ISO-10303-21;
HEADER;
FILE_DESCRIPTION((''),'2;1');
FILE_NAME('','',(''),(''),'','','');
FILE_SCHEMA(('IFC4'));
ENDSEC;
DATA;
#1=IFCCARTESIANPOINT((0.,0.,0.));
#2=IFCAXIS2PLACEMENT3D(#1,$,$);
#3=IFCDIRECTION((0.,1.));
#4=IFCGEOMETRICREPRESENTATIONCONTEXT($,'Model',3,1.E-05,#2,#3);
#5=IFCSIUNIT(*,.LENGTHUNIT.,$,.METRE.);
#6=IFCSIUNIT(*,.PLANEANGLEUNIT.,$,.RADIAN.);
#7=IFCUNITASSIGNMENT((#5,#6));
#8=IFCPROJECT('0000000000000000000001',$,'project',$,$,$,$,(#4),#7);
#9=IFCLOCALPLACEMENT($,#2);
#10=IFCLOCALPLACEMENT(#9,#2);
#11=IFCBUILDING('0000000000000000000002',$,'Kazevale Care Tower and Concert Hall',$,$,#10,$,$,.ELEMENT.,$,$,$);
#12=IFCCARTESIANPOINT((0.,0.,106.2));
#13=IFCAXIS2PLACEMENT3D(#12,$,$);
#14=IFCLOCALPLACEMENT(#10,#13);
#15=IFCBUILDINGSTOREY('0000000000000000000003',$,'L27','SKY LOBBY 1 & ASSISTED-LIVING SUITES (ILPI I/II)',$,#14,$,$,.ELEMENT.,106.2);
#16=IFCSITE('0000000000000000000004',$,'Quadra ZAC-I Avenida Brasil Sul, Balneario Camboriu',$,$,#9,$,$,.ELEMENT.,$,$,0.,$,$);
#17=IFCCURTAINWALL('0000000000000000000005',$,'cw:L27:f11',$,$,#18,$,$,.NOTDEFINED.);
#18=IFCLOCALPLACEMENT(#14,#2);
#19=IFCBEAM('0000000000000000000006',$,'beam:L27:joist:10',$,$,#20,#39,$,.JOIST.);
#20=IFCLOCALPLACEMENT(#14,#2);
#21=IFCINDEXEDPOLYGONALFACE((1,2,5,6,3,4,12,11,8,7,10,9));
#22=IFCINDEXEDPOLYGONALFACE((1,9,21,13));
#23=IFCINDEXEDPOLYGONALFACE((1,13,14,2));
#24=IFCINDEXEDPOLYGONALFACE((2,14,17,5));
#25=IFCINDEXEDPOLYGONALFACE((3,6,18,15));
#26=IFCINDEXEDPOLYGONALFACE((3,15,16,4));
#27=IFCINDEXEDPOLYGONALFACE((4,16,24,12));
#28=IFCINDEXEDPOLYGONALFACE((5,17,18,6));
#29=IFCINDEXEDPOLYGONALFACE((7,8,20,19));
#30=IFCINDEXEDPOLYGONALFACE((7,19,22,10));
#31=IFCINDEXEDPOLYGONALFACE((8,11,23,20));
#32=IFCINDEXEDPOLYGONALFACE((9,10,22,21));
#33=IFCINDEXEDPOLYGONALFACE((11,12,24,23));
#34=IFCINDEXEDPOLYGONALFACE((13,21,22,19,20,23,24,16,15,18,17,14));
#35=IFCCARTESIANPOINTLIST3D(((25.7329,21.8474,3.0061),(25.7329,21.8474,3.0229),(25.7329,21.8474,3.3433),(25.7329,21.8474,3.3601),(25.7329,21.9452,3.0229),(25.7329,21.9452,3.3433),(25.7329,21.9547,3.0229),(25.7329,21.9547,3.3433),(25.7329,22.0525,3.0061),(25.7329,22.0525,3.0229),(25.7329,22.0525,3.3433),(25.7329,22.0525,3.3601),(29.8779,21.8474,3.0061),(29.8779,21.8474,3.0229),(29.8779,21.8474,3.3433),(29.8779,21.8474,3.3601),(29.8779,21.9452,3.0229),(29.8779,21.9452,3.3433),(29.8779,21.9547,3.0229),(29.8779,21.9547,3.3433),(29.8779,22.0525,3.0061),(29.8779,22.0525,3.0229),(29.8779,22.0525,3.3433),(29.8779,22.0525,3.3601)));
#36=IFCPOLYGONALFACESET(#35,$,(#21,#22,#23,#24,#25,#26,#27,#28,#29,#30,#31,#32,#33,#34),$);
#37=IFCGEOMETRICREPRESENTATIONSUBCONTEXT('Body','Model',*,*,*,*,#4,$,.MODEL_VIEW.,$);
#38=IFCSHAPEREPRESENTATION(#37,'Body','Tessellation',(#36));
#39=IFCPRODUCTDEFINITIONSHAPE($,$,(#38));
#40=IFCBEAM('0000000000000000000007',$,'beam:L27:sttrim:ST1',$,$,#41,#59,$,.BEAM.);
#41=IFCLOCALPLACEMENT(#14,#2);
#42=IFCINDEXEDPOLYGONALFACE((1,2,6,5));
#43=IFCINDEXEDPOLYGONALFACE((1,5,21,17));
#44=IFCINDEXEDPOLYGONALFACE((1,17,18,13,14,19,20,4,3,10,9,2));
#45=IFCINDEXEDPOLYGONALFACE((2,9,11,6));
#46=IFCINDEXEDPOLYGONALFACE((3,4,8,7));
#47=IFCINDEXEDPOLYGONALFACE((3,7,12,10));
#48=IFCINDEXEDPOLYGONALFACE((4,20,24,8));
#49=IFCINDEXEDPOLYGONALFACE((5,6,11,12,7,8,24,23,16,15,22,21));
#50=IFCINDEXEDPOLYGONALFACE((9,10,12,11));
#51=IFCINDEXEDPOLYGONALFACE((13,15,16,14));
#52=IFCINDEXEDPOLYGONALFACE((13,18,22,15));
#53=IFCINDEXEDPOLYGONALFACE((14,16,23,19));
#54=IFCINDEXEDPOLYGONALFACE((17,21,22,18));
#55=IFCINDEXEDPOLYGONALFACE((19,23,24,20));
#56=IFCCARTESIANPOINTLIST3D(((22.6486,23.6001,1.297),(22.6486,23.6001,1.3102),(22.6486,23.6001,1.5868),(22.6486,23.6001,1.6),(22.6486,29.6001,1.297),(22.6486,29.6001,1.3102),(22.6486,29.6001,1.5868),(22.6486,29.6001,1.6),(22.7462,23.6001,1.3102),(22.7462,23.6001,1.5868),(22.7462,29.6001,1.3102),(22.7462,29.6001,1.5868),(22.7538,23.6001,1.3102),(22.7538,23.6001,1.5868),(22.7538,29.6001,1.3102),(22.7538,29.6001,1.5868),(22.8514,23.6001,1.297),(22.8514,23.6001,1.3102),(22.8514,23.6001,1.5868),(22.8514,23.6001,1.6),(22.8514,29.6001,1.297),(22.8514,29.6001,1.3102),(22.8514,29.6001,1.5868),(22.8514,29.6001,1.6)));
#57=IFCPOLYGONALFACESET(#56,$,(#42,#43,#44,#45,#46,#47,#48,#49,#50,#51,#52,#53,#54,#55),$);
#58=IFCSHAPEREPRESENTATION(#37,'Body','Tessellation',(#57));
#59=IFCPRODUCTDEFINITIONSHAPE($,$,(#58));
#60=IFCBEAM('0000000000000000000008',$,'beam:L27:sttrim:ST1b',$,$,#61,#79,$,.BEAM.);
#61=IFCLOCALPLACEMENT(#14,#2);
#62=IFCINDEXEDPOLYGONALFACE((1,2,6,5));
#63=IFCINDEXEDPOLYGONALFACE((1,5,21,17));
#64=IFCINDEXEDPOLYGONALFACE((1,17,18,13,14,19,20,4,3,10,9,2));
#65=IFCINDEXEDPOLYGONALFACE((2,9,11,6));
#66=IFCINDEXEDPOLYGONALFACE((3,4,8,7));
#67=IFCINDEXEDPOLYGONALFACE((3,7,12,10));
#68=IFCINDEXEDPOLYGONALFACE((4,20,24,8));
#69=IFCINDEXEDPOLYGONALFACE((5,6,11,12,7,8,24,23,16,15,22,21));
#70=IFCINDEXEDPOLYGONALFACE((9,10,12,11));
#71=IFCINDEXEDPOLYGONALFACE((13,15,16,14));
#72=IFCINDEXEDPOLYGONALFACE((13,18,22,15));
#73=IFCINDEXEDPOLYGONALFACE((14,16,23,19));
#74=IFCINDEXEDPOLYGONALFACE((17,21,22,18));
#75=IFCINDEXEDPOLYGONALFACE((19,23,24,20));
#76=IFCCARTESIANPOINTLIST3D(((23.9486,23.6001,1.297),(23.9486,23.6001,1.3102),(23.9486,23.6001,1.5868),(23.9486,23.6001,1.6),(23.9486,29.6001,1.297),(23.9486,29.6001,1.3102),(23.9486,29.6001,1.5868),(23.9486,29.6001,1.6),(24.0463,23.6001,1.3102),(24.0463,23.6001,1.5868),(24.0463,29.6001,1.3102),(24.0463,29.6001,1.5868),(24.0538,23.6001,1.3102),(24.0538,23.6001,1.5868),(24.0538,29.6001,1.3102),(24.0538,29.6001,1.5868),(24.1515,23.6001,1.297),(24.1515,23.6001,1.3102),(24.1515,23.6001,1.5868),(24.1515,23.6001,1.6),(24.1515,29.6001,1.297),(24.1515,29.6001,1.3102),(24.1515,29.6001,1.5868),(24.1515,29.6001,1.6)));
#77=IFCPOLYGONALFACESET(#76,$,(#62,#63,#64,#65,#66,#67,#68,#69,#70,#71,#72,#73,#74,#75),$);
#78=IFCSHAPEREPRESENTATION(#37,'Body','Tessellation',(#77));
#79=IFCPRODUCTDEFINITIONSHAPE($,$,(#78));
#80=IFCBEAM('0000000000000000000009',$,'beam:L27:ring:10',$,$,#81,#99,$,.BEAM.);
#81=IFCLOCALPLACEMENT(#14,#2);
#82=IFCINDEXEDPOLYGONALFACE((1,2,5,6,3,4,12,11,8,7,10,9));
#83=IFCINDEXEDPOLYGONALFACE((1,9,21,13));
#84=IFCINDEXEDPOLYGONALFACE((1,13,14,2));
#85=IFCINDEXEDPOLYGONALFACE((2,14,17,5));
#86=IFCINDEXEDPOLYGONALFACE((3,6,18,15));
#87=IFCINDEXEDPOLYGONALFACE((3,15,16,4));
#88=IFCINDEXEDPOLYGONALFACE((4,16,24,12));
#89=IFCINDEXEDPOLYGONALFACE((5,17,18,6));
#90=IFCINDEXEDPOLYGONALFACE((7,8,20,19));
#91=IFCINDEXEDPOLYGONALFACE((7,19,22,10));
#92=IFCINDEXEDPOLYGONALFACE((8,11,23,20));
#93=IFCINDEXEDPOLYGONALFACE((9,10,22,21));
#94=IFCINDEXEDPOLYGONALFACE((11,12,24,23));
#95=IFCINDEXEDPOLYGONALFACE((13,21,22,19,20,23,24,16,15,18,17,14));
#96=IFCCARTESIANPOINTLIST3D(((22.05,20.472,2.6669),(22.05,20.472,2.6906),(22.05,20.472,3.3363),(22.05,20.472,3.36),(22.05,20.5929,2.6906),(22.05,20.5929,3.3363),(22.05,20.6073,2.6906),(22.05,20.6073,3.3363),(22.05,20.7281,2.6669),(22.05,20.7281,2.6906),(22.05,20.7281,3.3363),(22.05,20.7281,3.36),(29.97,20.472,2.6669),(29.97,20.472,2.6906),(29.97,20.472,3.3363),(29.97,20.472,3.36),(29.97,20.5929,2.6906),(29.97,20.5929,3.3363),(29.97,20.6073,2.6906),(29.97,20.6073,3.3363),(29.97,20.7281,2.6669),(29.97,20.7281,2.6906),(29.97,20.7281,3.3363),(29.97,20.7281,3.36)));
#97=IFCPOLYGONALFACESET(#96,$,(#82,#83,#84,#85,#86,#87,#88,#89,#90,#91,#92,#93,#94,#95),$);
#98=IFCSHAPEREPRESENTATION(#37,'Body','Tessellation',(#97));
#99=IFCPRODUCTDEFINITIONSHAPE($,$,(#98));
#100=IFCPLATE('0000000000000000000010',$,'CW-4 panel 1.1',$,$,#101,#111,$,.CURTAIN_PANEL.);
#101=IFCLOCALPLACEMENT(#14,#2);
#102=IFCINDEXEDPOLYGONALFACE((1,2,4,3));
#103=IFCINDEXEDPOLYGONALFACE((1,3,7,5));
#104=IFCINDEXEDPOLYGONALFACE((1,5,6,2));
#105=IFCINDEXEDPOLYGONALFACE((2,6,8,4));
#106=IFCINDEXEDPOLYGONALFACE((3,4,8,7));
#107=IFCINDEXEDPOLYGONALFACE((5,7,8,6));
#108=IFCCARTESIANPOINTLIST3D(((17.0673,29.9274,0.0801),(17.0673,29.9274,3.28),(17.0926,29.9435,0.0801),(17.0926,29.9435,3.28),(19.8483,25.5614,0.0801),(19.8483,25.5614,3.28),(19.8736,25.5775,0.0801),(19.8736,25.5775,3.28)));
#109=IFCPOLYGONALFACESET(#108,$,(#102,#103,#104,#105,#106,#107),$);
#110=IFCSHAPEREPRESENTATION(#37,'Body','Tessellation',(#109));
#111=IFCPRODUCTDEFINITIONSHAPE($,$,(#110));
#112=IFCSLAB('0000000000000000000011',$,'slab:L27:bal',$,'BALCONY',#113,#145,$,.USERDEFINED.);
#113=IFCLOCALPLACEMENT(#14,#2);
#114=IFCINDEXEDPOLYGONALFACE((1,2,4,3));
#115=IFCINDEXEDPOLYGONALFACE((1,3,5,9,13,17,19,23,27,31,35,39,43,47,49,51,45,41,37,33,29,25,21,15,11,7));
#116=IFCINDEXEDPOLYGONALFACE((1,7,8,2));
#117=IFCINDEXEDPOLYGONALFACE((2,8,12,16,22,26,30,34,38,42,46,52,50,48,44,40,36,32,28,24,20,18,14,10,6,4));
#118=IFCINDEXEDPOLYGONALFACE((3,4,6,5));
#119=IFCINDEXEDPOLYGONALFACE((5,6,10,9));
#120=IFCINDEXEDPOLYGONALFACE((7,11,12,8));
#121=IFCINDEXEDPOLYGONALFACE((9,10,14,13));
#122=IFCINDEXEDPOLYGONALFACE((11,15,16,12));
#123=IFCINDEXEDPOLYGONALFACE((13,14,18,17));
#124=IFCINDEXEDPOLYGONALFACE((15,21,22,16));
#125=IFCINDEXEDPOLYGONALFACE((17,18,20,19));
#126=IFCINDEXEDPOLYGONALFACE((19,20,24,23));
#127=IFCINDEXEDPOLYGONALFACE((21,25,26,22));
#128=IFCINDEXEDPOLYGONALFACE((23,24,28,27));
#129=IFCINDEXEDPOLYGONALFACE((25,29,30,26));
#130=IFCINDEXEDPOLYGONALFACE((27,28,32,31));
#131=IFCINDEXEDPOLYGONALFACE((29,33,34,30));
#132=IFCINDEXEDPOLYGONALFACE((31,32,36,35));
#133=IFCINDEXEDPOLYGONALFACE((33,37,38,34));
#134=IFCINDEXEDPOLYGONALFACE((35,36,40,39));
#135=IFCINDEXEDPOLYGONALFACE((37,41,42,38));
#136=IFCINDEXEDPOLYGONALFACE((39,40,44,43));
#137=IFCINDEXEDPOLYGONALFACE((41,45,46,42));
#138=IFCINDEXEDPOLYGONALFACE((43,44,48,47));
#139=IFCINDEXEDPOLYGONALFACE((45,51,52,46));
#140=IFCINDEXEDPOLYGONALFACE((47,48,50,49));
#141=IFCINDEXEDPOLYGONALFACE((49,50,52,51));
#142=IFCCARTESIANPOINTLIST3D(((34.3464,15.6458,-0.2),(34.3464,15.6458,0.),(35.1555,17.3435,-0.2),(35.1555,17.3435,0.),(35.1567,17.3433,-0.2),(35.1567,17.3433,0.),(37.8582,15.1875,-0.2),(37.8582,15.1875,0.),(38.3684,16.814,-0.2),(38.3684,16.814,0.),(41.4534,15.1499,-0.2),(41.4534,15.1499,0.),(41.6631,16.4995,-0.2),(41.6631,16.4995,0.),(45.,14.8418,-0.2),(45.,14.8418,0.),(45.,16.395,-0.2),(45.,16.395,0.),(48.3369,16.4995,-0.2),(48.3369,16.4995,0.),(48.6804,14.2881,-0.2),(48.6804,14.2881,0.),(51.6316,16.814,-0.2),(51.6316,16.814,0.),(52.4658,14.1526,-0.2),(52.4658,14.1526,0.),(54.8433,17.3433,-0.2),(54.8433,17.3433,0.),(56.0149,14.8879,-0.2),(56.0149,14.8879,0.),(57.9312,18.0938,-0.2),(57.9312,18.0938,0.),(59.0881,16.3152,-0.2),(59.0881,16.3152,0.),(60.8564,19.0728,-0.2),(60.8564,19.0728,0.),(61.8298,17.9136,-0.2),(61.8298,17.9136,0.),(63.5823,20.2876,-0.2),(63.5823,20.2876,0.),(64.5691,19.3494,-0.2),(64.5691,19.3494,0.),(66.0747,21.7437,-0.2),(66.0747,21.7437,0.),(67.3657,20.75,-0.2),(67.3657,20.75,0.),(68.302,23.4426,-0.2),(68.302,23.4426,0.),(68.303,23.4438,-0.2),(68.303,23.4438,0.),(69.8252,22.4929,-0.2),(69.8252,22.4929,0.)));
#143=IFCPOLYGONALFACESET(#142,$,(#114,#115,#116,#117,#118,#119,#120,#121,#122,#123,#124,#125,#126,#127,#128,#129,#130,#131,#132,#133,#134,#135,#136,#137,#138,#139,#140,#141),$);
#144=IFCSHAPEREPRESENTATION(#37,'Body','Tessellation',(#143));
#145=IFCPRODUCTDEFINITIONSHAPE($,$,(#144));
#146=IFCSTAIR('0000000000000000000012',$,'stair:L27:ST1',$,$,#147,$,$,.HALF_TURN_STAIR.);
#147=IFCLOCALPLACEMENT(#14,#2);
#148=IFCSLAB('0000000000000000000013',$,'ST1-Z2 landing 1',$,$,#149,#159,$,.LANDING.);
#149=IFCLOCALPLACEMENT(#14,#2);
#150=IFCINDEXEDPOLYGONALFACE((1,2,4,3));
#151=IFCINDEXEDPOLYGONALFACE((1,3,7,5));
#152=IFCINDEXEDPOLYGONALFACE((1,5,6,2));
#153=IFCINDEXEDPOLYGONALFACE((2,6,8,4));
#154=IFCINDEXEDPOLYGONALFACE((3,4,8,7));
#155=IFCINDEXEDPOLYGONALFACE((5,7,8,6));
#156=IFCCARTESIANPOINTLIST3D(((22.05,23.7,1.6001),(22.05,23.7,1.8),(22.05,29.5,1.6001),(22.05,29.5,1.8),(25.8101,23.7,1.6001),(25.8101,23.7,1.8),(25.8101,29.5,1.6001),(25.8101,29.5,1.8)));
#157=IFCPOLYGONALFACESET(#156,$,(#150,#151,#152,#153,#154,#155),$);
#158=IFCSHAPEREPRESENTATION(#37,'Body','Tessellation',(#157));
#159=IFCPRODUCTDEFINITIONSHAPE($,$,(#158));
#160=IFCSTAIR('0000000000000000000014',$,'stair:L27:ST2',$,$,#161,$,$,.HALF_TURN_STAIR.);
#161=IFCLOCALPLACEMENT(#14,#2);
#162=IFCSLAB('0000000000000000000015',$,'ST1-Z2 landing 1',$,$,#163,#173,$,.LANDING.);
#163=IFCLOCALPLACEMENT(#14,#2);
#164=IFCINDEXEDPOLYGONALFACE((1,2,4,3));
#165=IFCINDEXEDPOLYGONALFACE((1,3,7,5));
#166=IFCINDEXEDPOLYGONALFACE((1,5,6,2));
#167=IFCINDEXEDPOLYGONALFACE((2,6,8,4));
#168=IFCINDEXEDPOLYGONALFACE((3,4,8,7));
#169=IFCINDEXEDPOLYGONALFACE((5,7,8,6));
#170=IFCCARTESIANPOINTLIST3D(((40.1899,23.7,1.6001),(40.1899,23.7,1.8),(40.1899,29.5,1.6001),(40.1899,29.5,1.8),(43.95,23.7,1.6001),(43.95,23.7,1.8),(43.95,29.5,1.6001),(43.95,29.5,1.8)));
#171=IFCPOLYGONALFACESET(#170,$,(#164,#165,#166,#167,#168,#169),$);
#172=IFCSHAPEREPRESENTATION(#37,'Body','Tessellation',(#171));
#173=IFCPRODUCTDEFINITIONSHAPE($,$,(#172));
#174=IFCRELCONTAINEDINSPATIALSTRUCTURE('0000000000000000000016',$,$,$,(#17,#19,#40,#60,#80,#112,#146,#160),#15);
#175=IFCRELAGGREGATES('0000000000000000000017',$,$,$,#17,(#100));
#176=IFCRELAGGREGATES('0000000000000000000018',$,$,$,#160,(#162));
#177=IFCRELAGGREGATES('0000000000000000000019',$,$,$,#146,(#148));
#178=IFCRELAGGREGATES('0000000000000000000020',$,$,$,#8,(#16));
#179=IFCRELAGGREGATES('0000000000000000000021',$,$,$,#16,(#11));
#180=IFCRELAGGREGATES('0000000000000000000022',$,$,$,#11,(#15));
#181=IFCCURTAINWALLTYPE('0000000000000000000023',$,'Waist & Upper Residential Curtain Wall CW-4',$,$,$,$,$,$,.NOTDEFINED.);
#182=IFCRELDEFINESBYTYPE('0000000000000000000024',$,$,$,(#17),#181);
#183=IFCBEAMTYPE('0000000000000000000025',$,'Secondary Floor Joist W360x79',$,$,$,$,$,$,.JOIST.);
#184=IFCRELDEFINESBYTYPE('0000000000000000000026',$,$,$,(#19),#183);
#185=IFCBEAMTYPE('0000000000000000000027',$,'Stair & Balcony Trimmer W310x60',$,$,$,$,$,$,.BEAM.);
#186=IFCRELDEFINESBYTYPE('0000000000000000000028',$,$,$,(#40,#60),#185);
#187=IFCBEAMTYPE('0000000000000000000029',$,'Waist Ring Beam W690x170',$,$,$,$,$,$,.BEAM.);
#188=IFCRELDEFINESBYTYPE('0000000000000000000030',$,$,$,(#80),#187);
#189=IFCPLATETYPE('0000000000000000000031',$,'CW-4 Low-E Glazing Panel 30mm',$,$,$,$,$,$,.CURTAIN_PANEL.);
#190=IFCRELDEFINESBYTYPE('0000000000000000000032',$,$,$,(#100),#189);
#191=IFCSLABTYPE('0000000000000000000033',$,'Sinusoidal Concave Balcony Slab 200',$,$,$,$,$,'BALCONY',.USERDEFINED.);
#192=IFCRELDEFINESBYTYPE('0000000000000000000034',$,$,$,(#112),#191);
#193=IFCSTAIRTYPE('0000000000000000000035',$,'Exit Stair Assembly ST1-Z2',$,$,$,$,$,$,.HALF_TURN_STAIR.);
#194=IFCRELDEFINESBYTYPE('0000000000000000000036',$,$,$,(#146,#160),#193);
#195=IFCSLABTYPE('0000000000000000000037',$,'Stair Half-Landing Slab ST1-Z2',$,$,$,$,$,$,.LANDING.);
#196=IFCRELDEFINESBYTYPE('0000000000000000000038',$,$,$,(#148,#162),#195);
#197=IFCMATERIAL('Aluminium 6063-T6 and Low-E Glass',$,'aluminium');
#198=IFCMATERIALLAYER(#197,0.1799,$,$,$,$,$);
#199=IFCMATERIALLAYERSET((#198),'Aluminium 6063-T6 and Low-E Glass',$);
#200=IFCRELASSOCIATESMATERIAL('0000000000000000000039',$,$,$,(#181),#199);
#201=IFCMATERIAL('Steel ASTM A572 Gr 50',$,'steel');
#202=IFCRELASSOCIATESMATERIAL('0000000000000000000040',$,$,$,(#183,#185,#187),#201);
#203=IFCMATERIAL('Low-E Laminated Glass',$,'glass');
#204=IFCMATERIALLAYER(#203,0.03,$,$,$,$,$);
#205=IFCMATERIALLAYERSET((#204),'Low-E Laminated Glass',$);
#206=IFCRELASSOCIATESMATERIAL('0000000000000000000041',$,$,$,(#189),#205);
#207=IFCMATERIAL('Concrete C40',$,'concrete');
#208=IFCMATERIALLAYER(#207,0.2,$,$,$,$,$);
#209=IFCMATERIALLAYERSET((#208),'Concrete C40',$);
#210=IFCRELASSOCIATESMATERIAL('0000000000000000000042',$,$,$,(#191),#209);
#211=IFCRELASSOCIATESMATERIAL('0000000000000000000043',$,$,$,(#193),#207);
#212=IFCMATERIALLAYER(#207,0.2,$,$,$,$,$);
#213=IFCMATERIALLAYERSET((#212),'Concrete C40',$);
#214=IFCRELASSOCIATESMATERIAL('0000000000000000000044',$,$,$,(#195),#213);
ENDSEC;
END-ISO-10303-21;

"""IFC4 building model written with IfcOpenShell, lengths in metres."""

from ifc_helpers import new_model, si_unit, direction, frame, origin, origin_2d, place, context, subcontext, project, spatial, polyline, rectangle, i_section, outline, extrude, material, layer, layer_set, material_profile, profile_set, type_object, element, aggregate, save


model = new_model("IFC4")

# Units and contexts
model_context = context("Model", 3, precision=1e-05, world=origin(), true_north=direction((0.0, 1.0)))
body_context = subcontext(model_context, "Body", "Model", "MODEL_VIEW")
ifc_project = project(units=[si_unit("LENGTHUNIT", "METRE"), si_unit("PLANEANGLEUNIT", "RADIAN")], contexts=[model_context])

# Site, building, storey
site_placement = place(None, origin())
site = spatial("IfcSite", under=ifc_project, at=site_placement, Name="Quadra ZAC-I Avenida Brasil Sul, Balneario Camboriu", CompositionType="ELEMENT", RefElevation=0.0)
building_placement = place(site_placement, origin())
building = spatial("IfcBuilding", under=site, at=building_placement, Name="Kazevale Care Tower and Concert Hall", CompositionType="ELEMENT")
storey_placement = place(building_placement, frame((0.0, 0.0, 106.2)))
storey = spatial("IfcBuildingStorey", under=building, at=storey_placement, Name="L27", Description="SKY LOBBY 1 & ASSISTED-LIVING SUITES (ILPI I/II)", CompositionType="ELEMENT", Elevation=106.2)

# Curtain wall
ifc_material_1 = material(Name="Aluminium 6063-T6 and Low-E Glass", Category="aluminium")
ifc_layer_1 = layer(ifc_material_1, 0.1799)
ifc_layer_set_1 = layer_set([ifc_layer_1], Name="Aluminium 6063-T6 and Low-E Glass")
curtain_wall_type_1 = type_object("IfcCurtainWallType", Name="Waist & Upper Residential Curtain Wall CW-4", PredefinedType="NOTDEFINED", material=ifc_layer_set_1)
curtain_wall_1_placement = place(storey_placement, origin())
curtain_wall_1 = element("IfcCurtainWall", 1, at=curtain_wall_1_placement, inside=storey, type_object=curtain_wall_type_1, Name="cw:L27:f11", PredefinedType="NOTDEFINED")

# Beams
ifc_material_2 = material(Name="Steel ASTM A572 Gr 50", Category="steel")
ifc_material_profile_1 = material_profile(ifc_material_2, i_section(OverallWidth=0.2051, OverallDepth=0.354, WebThickness=0.0095, FlangeThickness=0.0168, at=origin_2d()), Name="W360x79")
ifc_profile_set_1 = profile_set([ifc_material_profile_1], Name="Steel ASTM A572 Gr 50")
beam_type_1 = type_object("IfcBeamType", Name="Secondary Floor Joist W360x79", PredefinedType="JOIST", material=ifc_profile_set_1)
beam_1_placement = place(storey_placement, frame((25.7329, 21.95, 3.1831), z_axis=(1.0, 0.0, 0.0), x_axis=(0.0, 1.0, 0.0)))
element("IfcBeam", 2, at=beam_1_placement, inside=storey, type_object=beam_type_1, Name="beam:L27:joist:10", PredefinedType="JOIST", context=body_context, shape_type="SweptSolid", body=[
    extrude(i_section(OverallWidth=0.2051, OverallDepth=0.354, WebThickness=0.0095, FlangeThickness=0.0168, at=origin_2d()), origin(), (0.0, 0.0, 1.0), 4.145),
])
ifc_material_profile_2 = material_profile(ifc_material_2, i_section(OverallWidth=0.2029, OverallDepth=0.303, WebThickness=0.0076, FlangeThickness=0.0132, at=origin_2d()), Name="W310x60")
ifc_profile_set_2 = profile_set([ifc_material_profile_2], Name="Steel ASTM A572 Gr 50")
beam_type_2 = type_object("IfcBeamType", Name="Stair & Balcony Trimmer W310x60", PredefinedType="BEAM", material=ifc_profile_set_2)
for number, where, z_axis, x_axis, name in (
    (3, (22.75, 23.6001, 1.4485), (0.0, 1.0, 0.0), (-1.0, 0.0, 0.0), "beam:L27:sttrim:ST1"),
    (4, (24.05, 23.6001, 1.4485), (0.0, 1.0, 0.0), (-1.0, 0.0, 0.0), "beam:L27:sttrim:ST1b"),
):
    element("IfcBeam", number, at=place(storey_placement, frame(where, z_axis=z_axis, x_axis=x_axis)), inside=storey, type_object=beam_type_2, Name=name, PredefinedType="BEAM", context=body_context, shape_type="SweptSolid", body=[
        extrude(i_section(OverallWidth=0.2029, OverallDepth=0.303, WebThickness=0.0076, FlangeThickness=0.0132, at=origin_2d()), origin(), (0.0, 0.0, 1.0), 6.0),
    ])
ifc_material_profile_3 = material_profile(ifc_material_2, i_section(OverallWidth=0.2561, OverallDepth=0.6931, WebThickness=0.0144, FlangeThickness=0.0237, at=origin_2d()), Name="W690x170")
ifc_profile_set_3 = profile_set([ifc_material_profile_3], Name="Steel ASTM A572 Gr 50")
beam_type_3 = type_object("IfcBeamType", Name="Waist Ring Beam W690x170", PredefinedType="BEAM", material=ifc_profile_set_3)
beam_2_placement = place(storey_placement, frame((22.05, 20.6001, 3.0134), z_axis=(1.0, 0.0, 0.0), x_axis=(0.0, 1.0, 0.0)))
element("IfcBeam", 5, at=beam_2_placement, inside=storey, type_object=beam_type_3, Name="beam:L27:ring:10", PredefinedType="BEAM", context=body_context, shape_type="SweptSolid", body=[
    extrude(i_section(OverallWidth=0.2561, OverallDepth=0.6931, WebThickness=0.0144, FlangeThickness=0.0237, at=origin_2d()), origin(), (0.0, 0.0, 1.0), 7.9199),
])

# Plate
ifc_material_3 = material(Name="Low-E Laminated Glass", Category="glass")
ifc_layer_2 = layer(ifc_material_3, 0.03)
ifc_layer_set_2 = layer_set([ifc_layer_2], Name="Low-E Laminated Glass")
plate_type = type_object("IfcPlateType", Name="CW-4 Low-E Glazing Panel 30mm", PredefinedType="CURTAIN_PANEL", material=ifc_layer_set_2)
plate_placement = place(storey_placement, frame((18.4705, 27.7524, 0.0801), z_axis=(0.0, 0.0, 1.0), x_axis=(-0.537239, 0.84343, 0.0)))
plate = element("IfcPlate", 6, at=plate_placement, type_object=plate_type, Name="CW-4 panel 1.1", PredefinedType="CURTAIN_PANEL", context=body_context, shape_type="SweptSolid", body=[
    extrude(rectangle(XDim=5.1765, YDim=0.03, at=origin_2d()), origin(), (0.0, 0.0, 1.0), 3.2),
])
aggregate(curtain_wall_1, [plate])

# Slab
ifc_material_4 = material(Name="Concrete C40", Category="concrete")
ifc_layer_3 = layer(ifc_material_4, 0.2)
ifc_layer_set_3 = layer_set([ifc_layer_3], Name="Concrete C40")
slab_type_1 = type_object("IfcSlabType", Name="Sinusoidal Concave Balcony Slab 200", ElementType="BALCONY", PredefinedType="USERDEFINED", material=ifc_layer_set_3)
slab_1_placement = place(storey_placement, frame((0.0, 0.0, -0.2)))
element("IfcSlab", 7, at=slab_1_placement, inside=storey, type_object=slab_type_1, Name="slab:L27:bal", ObjectType="BALCONY", PredefinedType="USERDEFINED", context=body_context, shape_type="SweptSolid", body=[
    extrude(outline(polyline([(69.8252, 22.4929), (67.3657, 20.75), (64.5691, 19.3494), (61.8298, 17.9136), (59.0881, 16.3152), (56.0149, 14.8879), (52.4658, 14.1526), (48.6804, 14.2881), (45.0, 14.8418), (41.4534, 15.1499), (37.8582, 15.1875), (34.3464, 15.6458), (35.1555, 17.3435), (35.1567, 17.3433), (38.3684, 16.814), (41.6631, 16.4995), (45.0, 16.395), (48.3369, 16.4995), (51.6316, 16.814), (54.8433, 17.3433), (57.9312, 18.0938), (60.8564, 19.0728), (63.5823, 20.2876), (66.0747, 21.7437), (68.302, 23.4426), (68.303, 23.4438), (69.8252, 22.4929)])), origin(), (0.0, 0.0, 1.0), 0.2),
])

# Stairs, slabs
stair_type = type_object("IfcStairType", Name="Exit Stair Assembly ST1-Z2", PredefinedType="HALF_TURN_STAIR", material=ifc_material_4)
stair_1_placement = place(storey_placement, origin())
stair_1 = element("IfcStair", 8, at=stair_1_placement, inside=storey, type_object=stair_type, Name="stair:L27:ST1", PredefinedType="HALF_TURN_STAIR")
ifc_layer_4 = layer(ifc_material_4, 0.2)
ifc_layer_set_4 = layer_set([ifc_layer_4], Name="Concrete C40")
slab_type_2 = type_object("IfcSlabType", Name="Stair Half-Landing Slab ST1-Z2", PredefinedType="LANDING", material=ifc_layer_set_4)
slab_2_placement = place(storey_placement, frame((0.0, 0.0, 1.6001)))
slab_2 = element("IfcSlab", 9, at=slab_2_placement, type_object=slab_type_2, Name="ST1-Z2 landing 1", PredefinedType="LANDING", context=body_context, shape_type="SweptSolid", body=[
    extrude(outline(polyline([(22.05, 23.7), (25.8101, 23.7), (25.8101, 29.5), (22.05, 29.5), (22.05, 23.7)])), origin(), (0.0, 0.0, 1.0), 0.2),
])
stair_2_placement = place(storey_placement, origin())
stair_2 = element("IfcStair", 10, at=stair_2_placement, inside=storey, type_object=stair_type, Name="stair:L27:ST2", PredefinedType="HALF_TURN_STAIR")
slab_3_placement = place(storey_placement, frame((0.0, 0.0, 1.6001)))
slab_3 = element("IfcSlab", 11, at=slab_3_placement, type_object=slab_type_2, Name="ST1-Z2 landing 1", PredefinedType="LANDING", context=body_context, shape_type="SweptSolid", body=[
    extrude(outline(polyline([(40.1899, 23.7), (43.95, 23.7), (43.95, 29.5), (40.1899, 29.5), (40.1899, 23.7)])), origin(), (0.0, 0.0, 1.0), 0.2),
])
aggregate(stair_2, [slab_3])

aggregate(stair_1, [slab_2])

save(model, "model.ifc")
